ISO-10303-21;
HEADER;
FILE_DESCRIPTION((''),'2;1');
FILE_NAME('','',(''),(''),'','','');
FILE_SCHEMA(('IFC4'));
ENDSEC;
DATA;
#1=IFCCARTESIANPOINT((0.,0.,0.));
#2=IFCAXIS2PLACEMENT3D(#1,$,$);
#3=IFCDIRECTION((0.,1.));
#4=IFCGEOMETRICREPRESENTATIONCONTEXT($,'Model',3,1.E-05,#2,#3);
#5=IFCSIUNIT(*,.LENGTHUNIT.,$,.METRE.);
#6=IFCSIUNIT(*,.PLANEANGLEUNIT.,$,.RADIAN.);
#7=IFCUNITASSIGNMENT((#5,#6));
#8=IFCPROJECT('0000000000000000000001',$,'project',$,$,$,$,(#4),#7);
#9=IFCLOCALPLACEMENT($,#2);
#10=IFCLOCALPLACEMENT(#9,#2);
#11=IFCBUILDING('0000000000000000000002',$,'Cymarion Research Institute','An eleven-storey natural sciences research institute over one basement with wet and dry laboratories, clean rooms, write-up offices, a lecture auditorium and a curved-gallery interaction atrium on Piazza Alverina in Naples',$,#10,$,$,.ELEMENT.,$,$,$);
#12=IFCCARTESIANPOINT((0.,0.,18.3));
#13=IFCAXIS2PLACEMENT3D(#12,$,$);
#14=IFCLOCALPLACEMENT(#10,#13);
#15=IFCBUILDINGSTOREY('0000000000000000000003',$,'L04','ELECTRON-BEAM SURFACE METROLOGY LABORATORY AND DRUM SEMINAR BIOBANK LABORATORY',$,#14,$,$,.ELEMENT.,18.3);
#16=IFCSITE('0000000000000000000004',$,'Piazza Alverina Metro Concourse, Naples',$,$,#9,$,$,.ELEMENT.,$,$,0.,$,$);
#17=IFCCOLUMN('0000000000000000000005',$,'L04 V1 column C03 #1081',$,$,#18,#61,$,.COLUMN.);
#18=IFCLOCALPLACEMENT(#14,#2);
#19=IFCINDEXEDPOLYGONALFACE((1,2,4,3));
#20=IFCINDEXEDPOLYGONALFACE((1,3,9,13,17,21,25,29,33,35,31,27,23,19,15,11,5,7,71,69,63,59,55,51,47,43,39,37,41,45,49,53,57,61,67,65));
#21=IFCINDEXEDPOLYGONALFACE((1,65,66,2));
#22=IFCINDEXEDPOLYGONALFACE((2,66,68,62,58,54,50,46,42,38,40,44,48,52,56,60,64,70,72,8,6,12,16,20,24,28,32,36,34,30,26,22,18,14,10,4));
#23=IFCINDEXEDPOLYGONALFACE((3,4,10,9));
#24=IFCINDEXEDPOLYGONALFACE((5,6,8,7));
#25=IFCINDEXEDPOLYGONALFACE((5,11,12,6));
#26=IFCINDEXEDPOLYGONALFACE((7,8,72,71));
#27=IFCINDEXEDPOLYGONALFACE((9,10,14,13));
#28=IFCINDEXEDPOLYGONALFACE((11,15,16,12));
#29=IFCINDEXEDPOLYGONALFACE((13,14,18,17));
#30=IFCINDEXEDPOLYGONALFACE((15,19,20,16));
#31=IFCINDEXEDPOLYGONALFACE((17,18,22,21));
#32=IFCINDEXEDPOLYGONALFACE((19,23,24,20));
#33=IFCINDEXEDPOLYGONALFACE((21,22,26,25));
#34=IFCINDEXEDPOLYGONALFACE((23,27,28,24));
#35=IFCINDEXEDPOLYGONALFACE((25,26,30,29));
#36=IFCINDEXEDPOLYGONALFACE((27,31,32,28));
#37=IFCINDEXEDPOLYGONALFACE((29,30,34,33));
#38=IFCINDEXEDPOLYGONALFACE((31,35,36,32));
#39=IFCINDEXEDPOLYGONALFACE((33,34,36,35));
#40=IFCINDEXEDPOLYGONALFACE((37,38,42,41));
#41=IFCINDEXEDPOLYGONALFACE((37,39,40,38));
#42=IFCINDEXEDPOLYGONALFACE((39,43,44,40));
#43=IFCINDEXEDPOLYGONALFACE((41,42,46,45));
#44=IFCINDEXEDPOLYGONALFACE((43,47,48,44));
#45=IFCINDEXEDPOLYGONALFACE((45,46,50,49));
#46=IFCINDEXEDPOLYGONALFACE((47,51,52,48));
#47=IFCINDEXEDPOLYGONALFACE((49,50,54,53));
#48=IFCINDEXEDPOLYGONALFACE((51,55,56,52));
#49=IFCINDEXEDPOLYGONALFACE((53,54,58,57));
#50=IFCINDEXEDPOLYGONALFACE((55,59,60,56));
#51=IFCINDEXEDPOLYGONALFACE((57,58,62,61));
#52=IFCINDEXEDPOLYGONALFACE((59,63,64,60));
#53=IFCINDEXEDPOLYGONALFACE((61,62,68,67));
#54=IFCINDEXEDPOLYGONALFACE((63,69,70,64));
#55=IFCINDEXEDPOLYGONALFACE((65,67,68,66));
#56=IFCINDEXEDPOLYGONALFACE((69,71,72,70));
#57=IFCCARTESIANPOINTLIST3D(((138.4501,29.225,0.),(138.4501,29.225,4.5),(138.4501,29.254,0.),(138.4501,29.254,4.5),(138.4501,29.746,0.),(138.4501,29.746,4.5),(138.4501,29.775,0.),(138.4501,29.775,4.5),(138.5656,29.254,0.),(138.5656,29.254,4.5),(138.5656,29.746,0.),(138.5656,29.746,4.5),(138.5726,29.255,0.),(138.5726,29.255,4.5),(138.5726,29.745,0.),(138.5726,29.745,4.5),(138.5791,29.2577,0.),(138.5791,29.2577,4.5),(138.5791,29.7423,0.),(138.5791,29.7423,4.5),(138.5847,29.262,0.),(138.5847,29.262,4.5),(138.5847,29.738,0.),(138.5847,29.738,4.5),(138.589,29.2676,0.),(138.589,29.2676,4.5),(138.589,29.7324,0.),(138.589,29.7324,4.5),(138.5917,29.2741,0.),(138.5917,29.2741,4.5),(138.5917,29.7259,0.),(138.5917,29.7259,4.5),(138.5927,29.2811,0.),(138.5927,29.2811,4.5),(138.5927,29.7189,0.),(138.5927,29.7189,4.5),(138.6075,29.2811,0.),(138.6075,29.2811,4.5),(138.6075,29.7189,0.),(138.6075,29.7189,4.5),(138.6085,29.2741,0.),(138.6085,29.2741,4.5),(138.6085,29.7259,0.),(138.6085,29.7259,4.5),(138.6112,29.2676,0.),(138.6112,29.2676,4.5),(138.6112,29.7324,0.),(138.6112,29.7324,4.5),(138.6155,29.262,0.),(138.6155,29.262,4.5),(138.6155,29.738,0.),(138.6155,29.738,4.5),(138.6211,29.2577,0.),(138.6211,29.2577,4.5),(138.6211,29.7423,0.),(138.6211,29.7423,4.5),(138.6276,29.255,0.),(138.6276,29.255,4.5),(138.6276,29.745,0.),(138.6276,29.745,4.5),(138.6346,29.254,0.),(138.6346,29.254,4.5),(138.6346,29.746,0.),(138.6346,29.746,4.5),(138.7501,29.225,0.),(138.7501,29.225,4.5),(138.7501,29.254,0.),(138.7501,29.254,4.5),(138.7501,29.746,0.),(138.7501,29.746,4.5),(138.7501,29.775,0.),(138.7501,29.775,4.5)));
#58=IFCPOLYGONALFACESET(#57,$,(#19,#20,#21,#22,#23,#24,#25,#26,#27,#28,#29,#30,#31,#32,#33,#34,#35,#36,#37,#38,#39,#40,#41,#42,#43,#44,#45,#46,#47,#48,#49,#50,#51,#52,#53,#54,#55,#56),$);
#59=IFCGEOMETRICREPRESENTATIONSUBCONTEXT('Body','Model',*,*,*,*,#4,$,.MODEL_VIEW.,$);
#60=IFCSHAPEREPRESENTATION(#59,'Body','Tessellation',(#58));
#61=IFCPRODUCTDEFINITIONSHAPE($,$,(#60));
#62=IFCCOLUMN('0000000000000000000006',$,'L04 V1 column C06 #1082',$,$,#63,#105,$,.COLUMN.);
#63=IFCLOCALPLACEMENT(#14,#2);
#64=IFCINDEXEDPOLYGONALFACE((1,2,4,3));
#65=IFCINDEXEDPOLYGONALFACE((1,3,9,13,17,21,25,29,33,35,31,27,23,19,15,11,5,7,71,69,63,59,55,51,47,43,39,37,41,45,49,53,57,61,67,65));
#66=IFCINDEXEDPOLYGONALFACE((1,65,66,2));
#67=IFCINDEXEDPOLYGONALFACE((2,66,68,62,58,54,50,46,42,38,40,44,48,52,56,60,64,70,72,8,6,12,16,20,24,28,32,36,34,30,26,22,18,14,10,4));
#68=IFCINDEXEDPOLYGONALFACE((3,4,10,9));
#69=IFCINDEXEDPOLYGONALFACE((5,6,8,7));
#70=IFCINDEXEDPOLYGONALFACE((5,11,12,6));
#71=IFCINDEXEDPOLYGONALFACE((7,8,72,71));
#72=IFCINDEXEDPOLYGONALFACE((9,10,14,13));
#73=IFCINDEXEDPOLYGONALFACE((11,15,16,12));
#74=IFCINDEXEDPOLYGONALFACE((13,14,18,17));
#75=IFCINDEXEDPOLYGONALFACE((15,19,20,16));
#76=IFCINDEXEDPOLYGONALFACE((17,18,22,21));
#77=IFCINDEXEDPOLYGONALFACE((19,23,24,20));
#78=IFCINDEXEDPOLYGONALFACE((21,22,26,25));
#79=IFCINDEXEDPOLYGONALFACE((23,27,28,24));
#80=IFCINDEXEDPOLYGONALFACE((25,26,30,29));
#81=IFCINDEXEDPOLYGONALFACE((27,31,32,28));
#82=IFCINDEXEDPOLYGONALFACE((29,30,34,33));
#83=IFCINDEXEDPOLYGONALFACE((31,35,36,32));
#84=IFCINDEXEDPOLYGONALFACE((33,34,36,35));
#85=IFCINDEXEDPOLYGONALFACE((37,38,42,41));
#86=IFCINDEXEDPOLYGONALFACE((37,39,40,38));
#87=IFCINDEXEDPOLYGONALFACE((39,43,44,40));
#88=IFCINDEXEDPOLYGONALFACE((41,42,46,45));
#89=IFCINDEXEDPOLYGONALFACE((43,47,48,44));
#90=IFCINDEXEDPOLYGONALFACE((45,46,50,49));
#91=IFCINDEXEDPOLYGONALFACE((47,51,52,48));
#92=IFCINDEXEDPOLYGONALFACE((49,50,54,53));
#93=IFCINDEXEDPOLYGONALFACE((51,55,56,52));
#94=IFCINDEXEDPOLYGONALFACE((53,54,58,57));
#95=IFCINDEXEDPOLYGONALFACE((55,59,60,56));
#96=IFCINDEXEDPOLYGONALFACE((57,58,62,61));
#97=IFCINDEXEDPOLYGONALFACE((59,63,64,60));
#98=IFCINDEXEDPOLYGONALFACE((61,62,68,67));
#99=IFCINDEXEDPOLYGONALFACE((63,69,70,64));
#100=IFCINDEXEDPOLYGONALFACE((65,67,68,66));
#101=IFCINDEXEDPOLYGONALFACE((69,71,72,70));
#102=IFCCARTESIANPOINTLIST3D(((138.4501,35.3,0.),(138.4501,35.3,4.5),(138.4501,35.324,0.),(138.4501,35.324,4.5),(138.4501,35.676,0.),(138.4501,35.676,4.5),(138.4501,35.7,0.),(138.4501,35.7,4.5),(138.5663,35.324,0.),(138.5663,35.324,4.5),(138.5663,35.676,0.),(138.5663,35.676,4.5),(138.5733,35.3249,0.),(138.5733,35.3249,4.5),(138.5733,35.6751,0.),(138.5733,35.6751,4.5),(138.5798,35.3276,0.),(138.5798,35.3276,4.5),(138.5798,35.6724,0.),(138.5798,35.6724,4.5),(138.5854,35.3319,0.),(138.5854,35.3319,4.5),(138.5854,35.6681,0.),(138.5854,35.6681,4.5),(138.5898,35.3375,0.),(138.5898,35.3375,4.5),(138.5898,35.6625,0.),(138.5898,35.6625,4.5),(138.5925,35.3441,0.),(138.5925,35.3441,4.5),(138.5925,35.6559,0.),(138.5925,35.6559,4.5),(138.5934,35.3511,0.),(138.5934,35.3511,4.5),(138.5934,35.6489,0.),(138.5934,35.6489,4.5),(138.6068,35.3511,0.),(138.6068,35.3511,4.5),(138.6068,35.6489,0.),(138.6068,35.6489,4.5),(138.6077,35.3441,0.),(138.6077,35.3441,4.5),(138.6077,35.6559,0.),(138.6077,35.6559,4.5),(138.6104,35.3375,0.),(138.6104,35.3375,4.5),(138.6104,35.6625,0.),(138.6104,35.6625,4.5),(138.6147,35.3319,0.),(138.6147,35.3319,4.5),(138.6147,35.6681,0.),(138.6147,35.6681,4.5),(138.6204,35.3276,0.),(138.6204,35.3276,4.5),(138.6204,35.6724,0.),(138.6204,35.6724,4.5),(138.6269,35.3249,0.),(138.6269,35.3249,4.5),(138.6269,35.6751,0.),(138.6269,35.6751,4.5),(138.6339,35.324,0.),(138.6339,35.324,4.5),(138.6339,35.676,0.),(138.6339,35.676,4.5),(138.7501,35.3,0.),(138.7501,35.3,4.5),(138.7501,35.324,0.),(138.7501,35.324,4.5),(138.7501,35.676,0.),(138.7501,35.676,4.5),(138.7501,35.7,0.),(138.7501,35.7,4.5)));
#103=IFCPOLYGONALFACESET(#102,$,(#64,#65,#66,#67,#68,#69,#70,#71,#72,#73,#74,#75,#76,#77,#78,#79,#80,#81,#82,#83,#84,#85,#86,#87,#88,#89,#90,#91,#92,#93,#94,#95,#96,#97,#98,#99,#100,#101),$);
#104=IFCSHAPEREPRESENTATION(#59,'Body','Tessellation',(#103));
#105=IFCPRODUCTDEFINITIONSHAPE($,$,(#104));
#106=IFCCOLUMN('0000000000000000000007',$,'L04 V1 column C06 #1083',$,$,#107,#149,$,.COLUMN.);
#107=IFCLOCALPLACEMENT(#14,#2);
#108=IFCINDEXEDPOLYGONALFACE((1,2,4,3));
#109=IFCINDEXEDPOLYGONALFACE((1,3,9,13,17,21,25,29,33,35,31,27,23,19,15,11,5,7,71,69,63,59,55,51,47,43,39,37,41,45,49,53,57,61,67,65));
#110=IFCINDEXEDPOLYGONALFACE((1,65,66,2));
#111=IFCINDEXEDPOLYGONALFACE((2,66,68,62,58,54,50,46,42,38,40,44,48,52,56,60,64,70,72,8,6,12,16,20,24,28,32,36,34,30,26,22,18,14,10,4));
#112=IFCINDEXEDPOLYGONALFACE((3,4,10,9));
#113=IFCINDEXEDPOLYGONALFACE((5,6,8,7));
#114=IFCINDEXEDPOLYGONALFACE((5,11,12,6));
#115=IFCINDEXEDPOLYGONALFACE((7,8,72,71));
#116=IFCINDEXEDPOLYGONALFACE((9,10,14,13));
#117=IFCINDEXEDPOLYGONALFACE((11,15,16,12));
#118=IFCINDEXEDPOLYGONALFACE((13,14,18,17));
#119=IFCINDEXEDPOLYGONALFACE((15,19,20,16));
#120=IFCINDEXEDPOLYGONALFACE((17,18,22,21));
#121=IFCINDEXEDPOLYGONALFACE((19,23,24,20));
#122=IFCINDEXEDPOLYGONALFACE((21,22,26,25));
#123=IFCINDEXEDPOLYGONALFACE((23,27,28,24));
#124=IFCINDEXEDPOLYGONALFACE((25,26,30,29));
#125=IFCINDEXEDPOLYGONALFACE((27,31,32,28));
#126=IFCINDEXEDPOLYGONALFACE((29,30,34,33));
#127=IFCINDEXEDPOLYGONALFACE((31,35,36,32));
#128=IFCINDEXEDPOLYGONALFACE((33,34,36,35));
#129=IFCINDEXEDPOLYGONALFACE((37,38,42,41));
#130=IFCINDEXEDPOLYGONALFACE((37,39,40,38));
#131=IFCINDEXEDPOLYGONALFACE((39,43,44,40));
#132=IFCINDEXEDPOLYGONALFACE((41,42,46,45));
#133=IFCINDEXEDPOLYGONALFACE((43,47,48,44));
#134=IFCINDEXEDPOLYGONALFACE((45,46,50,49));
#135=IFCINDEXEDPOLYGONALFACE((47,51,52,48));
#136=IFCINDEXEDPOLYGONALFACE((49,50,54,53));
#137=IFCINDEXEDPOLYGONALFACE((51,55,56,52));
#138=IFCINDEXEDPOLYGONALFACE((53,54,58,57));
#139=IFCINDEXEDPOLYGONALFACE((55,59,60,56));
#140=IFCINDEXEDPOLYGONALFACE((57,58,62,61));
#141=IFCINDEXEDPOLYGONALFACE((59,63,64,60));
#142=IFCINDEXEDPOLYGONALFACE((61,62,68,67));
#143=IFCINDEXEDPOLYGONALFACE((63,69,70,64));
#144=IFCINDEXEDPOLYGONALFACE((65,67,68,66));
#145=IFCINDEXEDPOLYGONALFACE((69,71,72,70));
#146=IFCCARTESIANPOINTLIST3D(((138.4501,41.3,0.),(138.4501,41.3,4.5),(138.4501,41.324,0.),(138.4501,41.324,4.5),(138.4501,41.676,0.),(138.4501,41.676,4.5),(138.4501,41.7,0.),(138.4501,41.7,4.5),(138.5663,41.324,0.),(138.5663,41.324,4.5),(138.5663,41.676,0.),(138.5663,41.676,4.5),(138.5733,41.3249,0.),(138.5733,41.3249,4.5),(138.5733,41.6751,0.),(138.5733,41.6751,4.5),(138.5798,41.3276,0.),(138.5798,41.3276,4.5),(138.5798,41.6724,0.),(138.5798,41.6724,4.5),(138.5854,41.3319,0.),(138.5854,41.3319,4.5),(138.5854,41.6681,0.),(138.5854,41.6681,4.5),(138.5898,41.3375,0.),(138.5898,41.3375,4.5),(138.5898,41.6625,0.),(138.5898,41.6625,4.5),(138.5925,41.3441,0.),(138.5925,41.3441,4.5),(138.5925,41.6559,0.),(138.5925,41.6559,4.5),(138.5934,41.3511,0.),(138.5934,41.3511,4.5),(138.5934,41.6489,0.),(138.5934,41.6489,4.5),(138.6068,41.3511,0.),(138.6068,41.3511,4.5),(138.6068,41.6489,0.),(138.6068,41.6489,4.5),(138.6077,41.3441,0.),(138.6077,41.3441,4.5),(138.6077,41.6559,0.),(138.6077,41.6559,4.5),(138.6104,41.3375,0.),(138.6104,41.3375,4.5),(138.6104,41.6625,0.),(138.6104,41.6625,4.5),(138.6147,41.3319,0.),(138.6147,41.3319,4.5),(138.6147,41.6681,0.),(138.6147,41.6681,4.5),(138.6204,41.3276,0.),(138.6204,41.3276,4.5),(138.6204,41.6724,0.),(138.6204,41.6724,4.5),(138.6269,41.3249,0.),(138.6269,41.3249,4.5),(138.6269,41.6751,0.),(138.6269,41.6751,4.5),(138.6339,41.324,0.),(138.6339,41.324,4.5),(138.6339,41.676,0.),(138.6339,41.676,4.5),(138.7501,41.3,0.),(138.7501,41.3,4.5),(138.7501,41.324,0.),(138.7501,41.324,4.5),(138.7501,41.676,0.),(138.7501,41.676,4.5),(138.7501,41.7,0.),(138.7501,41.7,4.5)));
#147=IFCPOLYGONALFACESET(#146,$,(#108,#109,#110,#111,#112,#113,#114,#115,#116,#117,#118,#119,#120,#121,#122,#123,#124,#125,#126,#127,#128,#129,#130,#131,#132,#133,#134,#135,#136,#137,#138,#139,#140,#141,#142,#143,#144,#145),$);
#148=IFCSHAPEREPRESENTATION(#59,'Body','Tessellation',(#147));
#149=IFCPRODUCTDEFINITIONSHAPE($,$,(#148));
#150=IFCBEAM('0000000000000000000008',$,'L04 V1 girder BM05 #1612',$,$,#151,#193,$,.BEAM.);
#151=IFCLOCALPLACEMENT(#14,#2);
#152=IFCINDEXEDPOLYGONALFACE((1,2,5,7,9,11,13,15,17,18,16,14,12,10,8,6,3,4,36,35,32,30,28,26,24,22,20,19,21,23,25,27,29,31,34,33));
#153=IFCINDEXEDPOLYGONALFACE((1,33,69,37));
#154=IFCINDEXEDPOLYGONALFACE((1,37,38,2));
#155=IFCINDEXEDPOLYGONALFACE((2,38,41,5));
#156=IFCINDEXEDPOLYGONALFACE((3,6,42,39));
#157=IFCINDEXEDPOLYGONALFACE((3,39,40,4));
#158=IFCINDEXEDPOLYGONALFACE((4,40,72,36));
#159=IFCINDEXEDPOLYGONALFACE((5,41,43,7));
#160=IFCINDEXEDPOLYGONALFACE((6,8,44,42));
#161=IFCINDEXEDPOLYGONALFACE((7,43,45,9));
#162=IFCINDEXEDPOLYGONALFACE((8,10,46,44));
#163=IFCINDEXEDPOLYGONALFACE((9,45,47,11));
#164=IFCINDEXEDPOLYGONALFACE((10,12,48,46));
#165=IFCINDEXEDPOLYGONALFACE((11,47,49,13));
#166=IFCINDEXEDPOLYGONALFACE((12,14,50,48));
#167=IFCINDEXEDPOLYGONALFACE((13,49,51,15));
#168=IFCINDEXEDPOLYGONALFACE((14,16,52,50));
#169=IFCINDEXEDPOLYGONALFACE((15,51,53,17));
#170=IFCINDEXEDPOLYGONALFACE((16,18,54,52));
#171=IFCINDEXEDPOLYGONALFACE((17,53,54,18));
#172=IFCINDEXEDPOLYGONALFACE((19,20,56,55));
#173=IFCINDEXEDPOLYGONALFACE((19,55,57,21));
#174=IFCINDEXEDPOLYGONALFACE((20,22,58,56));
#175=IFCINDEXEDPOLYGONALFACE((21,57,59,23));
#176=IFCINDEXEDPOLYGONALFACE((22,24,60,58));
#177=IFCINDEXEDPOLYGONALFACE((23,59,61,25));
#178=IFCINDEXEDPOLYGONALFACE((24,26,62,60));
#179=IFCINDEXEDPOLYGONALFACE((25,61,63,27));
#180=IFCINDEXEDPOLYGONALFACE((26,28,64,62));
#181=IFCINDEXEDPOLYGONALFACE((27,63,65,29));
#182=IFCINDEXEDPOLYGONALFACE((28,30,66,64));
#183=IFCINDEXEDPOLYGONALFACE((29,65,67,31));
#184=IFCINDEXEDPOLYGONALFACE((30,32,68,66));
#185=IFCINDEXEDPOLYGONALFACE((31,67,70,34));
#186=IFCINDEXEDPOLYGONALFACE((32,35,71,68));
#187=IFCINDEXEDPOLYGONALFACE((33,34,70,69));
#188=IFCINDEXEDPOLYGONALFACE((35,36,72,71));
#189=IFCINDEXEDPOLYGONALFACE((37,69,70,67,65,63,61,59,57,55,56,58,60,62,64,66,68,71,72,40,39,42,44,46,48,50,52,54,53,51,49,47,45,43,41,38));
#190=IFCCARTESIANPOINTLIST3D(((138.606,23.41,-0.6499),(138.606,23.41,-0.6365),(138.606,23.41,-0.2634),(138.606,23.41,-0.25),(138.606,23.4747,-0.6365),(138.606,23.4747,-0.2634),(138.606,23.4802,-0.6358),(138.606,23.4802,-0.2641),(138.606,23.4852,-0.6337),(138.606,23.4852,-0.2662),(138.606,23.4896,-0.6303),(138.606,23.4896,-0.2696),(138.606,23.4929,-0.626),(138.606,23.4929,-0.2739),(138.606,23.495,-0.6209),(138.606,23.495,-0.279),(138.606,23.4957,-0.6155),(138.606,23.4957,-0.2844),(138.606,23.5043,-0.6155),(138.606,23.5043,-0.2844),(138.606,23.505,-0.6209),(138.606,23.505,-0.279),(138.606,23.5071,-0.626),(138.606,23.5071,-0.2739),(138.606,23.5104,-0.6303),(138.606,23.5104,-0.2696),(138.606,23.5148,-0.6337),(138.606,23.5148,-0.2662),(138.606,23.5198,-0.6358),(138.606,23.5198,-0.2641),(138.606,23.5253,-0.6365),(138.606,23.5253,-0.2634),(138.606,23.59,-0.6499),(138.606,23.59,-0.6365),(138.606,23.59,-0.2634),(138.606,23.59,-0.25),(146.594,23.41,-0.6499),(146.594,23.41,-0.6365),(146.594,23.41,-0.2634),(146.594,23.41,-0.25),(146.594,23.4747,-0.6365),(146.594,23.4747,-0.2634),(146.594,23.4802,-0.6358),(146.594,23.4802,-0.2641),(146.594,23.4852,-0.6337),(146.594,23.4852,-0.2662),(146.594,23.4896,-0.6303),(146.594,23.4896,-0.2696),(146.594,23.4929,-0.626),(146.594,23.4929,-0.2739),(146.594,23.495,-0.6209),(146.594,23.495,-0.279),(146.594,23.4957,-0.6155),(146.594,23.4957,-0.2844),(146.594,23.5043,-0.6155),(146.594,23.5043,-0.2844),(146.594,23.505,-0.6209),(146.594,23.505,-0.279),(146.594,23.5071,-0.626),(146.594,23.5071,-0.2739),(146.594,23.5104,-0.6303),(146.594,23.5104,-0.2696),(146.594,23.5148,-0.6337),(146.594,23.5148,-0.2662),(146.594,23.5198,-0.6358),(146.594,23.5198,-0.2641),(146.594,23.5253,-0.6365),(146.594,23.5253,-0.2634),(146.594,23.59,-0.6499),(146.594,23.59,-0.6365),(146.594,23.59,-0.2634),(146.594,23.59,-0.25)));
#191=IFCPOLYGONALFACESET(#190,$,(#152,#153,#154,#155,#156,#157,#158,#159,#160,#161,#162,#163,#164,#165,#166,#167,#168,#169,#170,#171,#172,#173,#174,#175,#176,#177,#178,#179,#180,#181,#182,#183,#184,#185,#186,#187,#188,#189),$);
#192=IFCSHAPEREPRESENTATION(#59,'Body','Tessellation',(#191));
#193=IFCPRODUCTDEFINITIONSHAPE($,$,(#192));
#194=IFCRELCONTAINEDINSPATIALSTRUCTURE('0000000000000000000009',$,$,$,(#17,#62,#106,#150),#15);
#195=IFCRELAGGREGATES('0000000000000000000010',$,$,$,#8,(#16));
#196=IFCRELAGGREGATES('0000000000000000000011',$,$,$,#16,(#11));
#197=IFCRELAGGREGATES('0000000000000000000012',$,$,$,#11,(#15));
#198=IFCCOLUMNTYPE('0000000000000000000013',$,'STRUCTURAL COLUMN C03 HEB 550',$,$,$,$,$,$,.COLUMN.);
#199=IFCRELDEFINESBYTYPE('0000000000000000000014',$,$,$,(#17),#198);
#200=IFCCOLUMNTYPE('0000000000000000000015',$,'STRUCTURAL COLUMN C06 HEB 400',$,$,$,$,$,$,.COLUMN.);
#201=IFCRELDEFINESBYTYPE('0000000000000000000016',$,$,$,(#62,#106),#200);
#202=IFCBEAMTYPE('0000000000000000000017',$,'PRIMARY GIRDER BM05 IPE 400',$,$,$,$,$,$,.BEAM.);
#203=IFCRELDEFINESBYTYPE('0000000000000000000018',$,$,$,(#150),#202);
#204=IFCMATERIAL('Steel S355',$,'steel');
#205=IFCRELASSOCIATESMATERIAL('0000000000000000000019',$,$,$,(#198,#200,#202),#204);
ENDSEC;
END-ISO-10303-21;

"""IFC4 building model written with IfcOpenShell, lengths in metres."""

from ifc_helpers import new_model, si_unit, direction, frame, origin, origin_2d, place, context, subcontext, project, spatial, i_section, extrude, material, material_profile, profile_set, type_object, element, save


model = new_model("IFC4")

# Units and contexts
model_context = context("Model", 3, precision=1e-05, world=origin(), true_north=direction((0.0, 1.0)))
body_context = subcontext(model_context, "Body", "Model", "MODEL_VIEW")
ifc_project = project(units=[si_unit("LENGTHUNIT", "METRE"), si_unit("PLANEANGLEUNIT", "RADIAN")], contexts=[model_context])

# Site, building, storey
site_placement = place(None, origin())
site = spatial("IfcSite", under=ifc_project, at=site_placement, Name="Piazza Alverina Metro Concourse, Naples", CompositionType="ELEMENT", RefElevation=0.0)
building_placement = place(site_placement, origin())
building = spatial("IfcBuilding", under=site, at=building_placement, Name="Cymarion Research Institute", Description="An eleven-storey natural sciences research institute over one basement with wet and dry laboratories, clean rooms, write-up offices, a lecture auditorium and a curved-gallery interaction atrium on Piazza Alverina in Naples", CompositionType="ELEMENT")
storey_placement = place(building_placement, frame((0.0, 0.0, 18.3)))
storey = spatial("IfcBuildingStorey", under=building, at=storey_placement, Name="L04", Description="ELECTRON-BEAM SURFACE METROLOGY LABORATORY AND DRUM SEMINAR BIOBANK LABORATORY", CompositionType="ELEMENT", Elevation=18.3)

# Columns
ifc_material = material(Name="Steel S355", Category="steel")
ifc_material_profile_1 = material_profile(ifc_material, i_section(OverallWidth=0.3, OverallDepth=0.55, WebThickness=0.0149, FlangeThickness=0.0291, FilletRadius=0.0271, at=origin_2d()), Name="HEB 550")
ifc_profile_set_1 = profile_set([ifc_material_profile_1], Name="Steel S355")
column_type_1 = type_object("IfcColumnType", Name="STRUCTURAL COLUMN C03 HEB 550", PredefinedType="COLUMN", material=ifc_profile_set_1)
column_placement = place(storey_placement, frame((138.6001, 29.5, 0.0), z_axis=(0.0, 0.0, 1.0), x_axis=(1.0, 0.0, 0.0)))
element("IfcColumn", 1, at=column_placement, inside=storey, type_object=column_type_1, Name="L04 V1 column C03 #1081", PredefinedType="COLUMN", context=body_context, shape_type="SweptSolid", body=[
    extrude(i_section(OverallWidth=0.3, OverallDepth=0.55, WebThickness=0.0149, FlangeThickness=0.0291, FilletRadius=0.0271, at=origin_2d()), origin(), (0.0, 0.0, 1.0), 4.5),
])
ifc_material_profile_2 = material_profile(ifc_material, i_section(OverallWidth=0.3, OverallDepth=0.3999, WebThickness=0.0134, FlangeThickness=0.0239, FilletRadius=0.0271, at=origin_2d()), Name="HEB 400")
ifc_profile_set_2 = profile_set([ifc_material_profile_2], Name="Steel S355")
column_type_2 = type_object("IfcColumnType", Name="STRUCTURAL COLUMN C06 HEB 400", PredefinedType="COLUMN", material=ifc_profile_set_2)
for number, where, z_axis, x_axis, name in (
    (2, (138.6001, 35.5, 0.0), (0.0, 0.0, 1.0), (1.0, 0.0, 0.0), "L04 V1 column C06 #1082"),
    (3, (138.6001, 41.5, 0.0), (0.0, 0.0, 1.0), (1.0, 0.0, 0.0), "L04 V1 column C06 #1083"),
):
    element("IfcColumn", number, at=place(storey_placement, frame(where, z_axis=z_axis, x_axis=x_axis)), inside=storey, type_object=column_type_2, Name=name, PredefinedType="COLUMN", context=body_context, shape_type="SweptSolid", body=[
        extrude(i_section(OverallWidth=0.3, OverallDepth=0.3999, WebThickness=0.0134, FlangeThickness=0.0239, FilletRadius=0.0271, at=origin_2d()), origin(), (0.0, 0.0, 1.0), 4.5),
    ])

# Beam
ifc_material_profile_3 = material_profile(ifc_material, i_section(OverallWidth=0.1799, OverallDepth=0.3999, WebThickness=0.0085, FlangeThickness=0.0134, FilletRadius=0.021, at=origin_2d()), Name="IPE 400")
ifc_profile_set_3 = profile_set([ifc_material_profile_3], Name="Steel S355")
beam_type_1 = type_object("IfcBeamType", Name="PRIMARY GIRDER BM05 IPE 400", PredefinedType="BEAM", material=ifc_profile_set_3)
for number, where, z_axis, x_axis, name in (
    (4, (138.606, 23.5, -0.45), (1.0, 0.0, 0.0), (0.0, 1.0, 0.0), "L04 V1 girder BM05 #1612"),
):
    element("IfcBeam", number, at=place(storey_placement, frame(where, z_axis=z_axis, x_axis=x_axis)), inside=storey, type_object=beam_type_1, Name=name, PredefinedType="BEAM", context=body_context, shape_type="SweptSolid", body=[
        extrude(i_section(OverallWidth=0.1799, OverallDepth=0.3999, WebThickness=0.0085, FlangeThickness=0.0134, FilletRadius=0.021, at=origin_2d()), origin(), (0.0, 0.0, 1.0), 7.988),
    ])

save(model, "model.ifc")
